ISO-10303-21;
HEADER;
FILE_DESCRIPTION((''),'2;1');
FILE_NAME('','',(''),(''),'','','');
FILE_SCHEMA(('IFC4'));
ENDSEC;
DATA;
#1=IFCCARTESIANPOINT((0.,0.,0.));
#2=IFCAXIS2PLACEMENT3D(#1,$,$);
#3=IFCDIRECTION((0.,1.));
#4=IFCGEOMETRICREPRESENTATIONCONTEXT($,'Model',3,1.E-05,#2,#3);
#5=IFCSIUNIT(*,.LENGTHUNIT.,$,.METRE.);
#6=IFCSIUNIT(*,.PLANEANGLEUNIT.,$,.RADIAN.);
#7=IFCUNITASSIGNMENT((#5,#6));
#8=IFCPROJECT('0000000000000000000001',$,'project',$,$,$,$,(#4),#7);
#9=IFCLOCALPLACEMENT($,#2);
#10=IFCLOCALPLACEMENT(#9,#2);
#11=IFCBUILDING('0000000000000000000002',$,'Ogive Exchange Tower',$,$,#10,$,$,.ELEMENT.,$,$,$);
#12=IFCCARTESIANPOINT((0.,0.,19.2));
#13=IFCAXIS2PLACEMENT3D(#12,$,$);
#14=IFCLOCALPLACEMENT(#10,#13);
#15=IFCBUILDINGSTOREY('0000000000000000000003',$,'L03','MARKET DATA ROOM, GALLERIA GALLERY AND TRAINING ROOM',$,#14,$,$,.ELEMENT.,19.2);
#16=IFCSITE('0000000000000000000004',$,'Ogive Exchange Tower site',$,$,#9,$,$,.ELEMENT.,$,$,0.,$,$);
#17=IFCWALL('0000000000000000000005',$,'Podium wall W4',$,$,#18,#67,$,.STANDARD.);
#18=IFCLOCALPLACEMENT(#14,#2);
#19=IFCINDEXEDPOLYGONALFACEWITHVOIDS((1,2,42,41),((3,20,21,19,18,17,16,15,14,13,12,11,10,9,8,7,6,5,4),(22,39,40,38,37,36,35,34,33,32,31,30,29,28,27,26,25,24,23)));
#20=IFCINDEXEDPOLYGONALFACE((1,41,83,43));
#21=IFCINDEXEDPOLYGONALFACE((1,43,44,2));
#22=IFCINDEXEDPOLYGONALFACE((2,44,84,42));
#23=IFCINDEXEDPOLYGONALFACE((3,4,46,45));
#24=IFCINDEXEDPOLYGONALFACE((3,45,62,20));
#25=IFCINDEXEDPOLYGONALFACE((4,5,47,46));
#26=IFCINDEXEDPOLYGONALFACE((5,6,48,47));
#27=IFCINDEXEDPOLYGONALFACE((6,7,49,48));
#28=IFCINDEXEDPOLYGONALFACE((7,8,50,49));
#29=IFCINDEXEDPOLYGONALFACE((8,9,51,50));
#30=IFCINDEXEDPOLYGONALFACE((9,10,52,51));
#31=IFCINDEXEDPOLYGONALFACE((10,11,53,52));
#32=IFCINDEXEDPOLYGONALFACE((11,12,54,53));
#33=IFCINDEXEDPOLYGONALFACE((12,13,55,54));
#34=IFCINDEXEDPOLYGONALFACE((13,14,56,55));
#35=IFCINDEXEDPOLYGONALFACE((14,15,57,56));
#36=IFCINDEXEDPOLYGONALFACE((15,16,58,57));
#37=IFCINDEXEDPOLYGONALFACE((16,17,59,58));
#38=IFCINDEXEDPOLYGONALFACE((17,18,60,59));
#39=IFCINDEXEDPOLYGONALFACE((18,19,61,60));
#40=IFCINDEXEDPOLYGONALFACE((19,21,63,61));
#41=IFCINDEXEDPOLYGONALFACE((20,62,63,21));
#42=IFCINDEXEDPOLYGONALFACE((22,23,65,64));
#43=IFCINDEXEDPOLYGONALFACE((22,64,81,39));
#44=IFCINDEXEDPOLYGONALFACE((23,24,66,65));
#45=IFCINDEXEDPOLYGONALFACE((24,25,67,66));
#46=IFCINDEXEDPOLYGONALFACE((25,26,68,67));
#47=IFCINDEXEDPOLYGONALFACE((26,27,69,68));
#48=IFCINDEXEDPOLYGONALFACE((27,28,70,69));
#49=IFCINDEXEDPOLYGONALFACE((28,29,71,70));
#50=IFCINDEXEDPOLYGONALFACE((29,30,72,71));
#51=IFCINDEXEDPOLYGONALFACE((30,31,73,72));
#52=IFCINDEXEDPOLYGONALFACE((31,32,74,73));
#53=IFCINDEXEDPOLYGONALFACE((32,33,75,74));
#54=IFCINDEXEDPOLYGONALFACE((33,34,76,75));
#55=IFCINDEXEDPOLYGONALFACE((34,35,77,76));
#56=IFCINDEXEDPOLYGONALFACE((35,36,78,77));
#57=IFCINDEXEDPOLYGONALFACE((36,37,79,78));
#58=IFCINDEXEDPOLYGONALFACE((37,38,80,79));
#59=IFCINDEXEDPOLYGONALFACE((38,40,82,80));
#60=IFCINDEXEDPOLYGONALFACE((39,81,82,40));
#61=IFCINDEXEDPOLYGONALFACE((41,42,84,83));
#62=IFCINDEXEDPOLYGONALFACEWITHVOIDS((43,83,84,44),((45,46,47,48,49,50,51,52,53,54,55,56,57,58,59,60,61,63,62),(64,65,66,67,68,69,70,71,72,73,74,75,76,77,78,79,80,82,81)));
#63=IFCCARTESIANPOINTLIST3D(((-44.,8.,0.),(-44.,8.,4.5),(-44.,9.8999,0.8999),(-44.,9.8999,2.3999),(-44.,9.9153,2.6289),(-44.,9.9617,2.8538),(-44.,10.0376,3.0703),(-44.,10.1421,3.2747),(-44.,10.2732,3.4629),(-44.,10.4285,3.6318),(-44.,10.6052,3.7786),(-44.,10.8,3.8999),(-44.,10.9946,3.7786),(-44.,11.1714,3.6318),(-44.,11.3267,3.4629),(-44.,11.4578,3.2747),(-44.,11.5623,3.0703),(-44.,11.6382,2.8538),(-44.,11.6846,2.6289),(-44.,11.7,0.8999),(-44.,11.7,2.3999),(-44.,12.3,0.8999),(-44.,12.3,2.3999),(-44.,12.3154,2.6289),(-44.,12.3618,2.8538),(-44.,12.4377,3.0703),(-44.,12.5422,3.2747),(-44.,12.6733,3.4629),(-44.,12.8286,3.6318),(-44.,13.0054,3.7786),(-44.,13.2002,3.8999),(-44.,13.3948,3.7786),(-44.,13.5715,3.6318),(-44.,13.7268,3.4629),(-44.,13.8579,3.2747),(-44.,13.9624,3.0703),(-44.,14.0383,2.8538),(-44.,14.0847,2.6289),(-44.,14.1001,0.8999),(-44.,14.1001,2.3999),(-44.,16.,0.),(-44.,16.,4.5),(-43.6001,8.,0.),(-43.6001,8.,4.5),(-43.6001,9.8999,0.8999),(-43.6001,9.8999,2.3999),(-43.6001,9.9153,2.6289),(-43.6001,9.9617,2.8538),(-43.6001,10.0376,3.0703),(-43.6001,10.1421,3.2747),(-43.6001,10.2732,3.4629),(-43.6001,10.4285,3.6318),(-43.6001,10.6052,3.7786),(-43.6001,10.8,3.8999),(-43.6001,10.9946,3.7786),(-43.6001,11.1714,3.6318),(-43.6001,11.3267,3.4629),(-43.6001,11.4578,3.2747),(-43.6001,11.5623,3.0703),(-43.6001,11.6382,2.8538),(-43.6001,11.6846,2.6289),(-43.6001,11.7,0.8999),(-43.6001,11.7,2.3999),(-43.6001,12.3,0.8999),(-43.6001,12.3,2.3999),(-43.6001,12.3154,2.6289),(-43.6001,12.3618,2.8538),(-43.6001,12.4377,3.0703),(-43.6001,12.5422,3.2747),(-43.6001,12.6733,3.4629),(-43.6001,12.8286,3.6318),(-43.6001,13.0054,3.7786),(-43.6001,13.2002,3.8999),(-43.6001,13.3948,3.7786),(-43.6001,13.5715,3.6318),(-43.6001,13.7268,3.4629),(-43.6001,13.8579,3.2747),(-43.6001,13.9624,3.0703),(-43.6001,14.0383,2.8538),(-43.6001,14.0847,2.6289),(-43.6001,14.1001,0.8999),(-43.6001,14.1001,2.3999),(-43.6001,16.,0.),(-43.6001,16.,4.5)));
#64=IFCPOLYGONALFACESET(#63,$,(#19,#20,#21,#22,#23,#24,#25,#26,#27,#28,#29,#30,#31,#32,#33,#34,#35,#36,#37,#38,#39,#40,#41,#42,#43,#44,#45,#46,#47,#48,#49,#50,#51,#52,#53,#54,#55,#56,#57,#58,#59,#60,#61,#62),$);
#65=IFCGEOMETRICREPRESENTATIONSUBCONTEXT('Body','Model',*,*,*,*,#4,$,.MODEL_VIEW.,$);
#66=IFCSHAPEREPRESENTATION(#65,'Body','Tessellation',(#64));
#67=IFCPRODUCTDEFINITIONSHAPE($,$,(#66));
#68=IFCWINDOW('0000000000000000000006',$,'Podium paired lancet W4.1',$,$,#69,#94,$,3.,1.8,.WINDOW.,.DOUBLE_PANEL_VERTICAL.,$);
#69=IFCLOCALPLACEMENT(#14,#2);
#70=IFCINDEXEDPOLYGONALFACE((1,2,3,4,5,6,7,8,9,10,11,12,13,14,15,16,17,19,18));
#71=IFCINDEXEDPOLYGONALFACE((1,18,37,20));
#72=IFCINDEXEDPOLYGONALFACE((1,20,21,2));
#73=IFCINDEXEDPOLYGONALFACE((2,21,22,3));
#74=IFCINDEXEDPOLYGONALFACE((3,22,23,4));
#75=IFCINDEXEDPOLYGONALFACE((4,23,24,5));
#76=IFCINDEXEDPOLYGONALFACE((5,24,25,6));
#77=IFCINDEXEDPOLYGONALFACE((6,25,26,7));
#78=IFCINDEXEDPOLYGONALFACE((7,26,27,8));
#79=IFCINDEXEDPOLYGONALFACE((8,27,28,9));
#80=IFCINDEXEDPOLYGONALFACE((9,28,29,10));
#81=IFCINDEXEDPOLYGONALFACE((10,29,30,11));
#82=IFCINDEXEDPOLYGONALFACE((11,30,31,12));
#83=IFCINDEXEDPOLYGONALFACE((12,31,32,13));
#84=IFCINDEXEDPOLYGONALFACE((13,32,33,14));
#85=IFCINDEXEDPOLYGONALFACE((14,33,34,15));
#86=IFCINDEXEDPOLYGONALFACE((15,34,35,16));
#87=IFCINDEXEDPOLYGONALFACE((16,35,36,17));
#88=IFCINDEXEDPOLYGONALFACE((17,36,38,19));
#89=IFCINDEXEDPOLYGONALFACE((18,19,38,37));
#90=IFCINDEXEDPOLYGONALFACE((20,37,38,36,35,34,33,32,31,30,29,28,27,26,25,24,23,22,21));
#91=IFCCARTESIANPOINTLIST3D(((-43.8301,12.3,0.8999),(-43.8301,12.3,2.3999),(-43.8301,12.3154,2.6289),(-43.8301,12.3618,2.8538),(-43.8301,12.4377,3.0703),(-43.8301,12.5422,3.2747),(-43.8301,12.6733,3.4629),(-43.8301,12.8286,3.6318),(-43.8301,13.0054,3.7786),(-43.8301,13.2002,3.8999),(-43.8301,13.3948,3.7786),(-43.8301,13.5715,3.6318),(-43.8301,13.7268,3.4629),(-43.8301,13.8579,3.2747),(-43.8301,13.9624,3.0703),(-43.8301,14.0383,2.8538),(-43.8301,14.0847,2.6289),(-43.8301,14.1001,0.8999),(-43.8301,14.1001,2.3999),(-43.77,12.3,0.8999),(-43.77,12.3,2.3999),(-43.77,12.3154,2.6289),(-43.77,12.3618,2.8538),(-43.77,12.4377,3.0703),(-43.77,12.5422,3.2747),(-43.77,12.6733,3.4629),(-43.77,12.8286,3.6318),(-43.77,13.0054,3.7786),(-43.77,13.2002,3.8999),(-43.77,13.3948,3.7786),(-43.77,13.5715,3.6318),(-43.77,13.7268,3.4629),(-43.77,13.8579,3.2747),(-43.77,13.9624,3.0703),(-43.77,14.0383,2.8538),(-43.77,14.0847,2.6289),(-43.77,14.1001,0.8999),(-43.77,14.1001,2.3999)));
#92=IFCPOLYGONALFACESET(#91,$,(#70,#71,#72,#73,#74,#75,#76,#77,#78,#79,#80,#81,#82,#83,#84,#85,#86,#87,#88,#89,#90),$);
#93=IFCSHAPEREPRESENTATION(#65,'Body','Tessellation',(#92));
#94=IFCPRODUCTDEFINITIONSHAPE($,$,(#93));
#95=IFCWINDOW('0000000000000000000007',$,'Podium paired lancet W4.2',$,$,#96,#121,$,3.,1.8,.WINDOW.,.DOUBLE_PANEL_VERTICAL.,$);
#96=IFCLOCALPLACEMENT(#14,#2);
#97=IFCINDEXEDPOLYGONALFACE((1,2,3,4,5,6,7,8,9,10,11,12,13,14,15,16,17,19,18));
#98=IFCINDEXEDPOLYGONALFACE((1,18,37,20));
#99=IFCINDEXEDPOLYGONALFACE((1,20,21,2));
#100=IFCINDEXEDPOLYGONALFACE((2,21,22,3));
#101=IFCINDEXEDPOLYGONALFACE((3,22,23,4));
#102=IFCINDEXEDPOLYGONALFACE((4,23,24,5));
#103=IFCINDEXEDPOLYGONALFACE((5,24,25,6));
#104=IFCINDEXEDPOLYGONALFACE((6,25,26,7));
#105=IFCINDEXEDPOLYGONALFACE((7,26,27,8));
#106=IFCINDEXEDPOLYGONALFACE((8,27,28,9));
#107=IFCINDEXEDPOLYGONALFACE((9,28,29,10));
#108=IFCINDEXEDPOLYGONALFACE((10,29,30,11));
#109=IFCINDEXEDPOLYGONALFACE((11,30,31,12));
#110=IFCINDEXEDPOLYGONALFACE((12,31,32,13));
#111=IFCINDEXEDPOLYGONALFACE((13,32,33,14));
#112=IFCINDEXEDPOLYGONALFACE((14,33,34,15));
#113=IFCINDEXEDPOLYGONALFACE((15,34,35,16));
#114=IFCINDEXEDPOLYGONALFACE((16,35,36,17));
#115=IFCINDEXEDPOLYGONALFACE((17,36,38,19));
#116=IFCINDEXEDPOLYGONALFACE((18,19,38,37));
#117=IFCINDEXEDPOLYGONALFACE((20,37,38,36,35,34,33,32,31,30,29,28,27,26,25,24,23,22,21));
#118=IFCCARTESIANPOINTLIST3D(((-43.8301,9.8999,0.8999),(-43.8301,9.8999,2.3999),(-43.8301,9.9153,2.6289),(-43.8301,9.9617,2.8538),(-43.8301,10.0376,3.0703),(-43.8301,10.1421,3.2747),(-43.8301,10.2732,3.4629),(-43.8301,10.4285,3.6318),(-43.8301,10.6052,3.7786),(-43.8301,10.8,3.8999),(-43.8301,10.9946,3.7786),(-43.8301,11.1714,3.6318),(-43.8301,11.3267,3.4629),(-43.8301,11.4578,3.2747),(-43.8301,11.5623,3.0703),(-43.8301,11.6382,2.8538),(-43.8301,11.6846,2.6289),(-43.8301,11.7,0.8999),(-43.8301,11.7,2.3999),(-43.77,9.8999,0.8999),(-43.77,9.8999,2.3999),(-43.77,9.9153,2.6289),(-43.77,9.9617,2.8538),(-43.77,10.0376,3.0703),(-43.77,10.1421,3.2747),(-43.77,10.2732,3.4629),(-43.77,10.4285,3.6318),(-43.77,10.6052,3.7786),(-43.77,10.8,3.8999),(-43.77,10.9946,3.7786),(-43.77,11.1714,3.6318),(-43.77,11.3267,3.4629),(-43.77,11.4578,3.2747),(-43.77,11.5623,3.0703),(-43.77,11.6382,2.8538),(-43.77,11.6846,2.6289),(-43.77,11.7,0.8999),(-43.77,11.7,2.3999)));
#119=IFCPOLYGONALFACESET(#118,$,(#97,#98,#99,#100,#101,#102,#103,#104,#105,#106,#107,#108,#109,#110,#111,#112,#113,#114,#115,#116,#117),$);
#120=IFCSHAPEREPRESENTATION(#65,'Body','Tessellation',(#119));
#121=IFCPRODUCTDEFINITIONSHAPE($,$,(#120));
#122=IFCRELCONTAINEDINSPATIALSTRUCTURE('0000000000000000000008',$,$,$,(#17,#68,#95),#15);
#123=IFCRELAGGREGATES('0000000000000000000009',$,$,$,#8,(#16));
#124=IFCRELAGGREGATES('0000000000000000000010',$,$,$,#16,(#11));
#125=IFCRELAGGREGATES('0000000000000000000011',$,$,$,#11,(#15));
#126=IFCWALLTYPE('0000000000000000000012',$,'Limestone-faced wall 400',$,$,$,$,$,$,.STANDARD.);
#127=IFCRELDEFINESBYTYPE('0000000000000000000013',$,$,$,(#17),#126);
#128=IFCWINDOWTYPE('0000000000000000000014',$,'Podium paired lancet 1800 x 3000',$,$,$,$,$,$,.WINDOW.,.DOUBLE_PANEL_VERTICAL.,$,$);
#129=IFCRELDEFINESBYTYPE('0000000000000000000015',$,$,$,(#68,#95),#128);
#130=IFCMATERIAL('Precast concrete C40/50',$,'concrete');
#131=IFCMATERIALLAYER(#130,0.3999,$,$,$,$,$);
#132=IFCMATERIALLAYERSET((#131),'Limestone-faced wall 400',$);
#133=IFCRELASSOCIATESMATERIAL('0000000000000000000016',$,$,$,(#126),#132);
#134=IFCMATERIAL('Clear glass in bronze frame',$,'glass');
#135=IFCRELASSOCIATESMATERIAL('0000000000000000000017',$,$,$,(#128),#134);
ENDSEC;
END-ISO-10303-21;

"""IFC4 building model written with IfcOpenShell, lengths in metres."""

from ifc_helpers import new_model, si_unit, direction, frame, frame_2d, origin, place, context, subcontext, project, spatial, polyline, rectangle, outline, extrude, material, layer, layer_set, type_object, element, fill, save


model = new_model("IFC4")

# Units and contexts
model_context = context("Model", 3, precision=1e-05, world=origin(), true_north=direction((0.0, 1.0)))
body_context = subcontext(model_context, "Body", "Model", "MODEL_VIEW")
ifc_project = project(units=[si_unit("LENGTHUNIT", "METRE"), si_unit("PLANEANGLEUNIT", "RADIAN")], contexts=[model_context])

# Site, building, storey
site_placement = place(None, origin())
site = spatial("IfcSite", under=ifc_project, at=site_placement, Name="Ogive Exchange Tower site", CompositionType="ELEMENT", RefElevation=0.0)
building_placement = place(site_placement, origin())
building = spatial("IfcBuilding", under=site, at=building_placement, Name="Ogive Exchange Tower", CompositionType="ELEMENT")
storey_placement = place(building_placement, frame((0.0, 0.0, 19.2)))
storey = spatial("IfcBuildingStorey", under=building, at=storey_placement, Name="L03", Description="MARKET DATA ROOM, GALLERIA GALLERY AND TRAINING ROOM", CompositionType="ELEMENT", Elevation=19.2)

# Wall, openings, windows
ifc_material_1 = material(Name="Precast concrete C40/50", Category="concrete")
ifc_layer_1 = layer(ifc_material_1, 0.3999)
ifc_layer_set_1 = layer_set([ifc_layer_1], Name="Limestone-faced wall 400")
wall_type_1 = type_object("IfcWallType", Name="Limestone-faced wall 400", PredefinedType="STANDARD", material=ifc_layer_set_1)
wall_1_placement = place(storey_placement, frame((-43.8, 16.0, 0.0), z_axis=(0.0, 0.0, 1.0), x_axis=(0.0, -1.0, 0.0)))
wall_1 = element("IfcWall", 1, at=wall_1_placement, inside=storey, type_object=wall_type_1, Name="Podium wall W4", PredefinedType="STANDARD", context=body_context, shape_type="SweptSolid", body=[
    extrude(rectangle(XDim=8.0, YDim=0.3999, at=frame_2d((4.0, 0.0))), origin(), (0.0, 0.0, 1.0), 4.5),
])
opening_1_placement = place(wall_1_placement, frame((1.8999, 0.0, 0.8999)))
opening_1 = element("IfcOpeningElement", 2, at=opening_1_placement, cuts=wall_1, PredefinedType="OPENING", context=body_context, shape_type="SweptSolid", body=[
    extrude(outline(polyline([(0.0, 0.0), (1.8, 0.0), (1.8, 1.5), (1.7847, 1.729), (1.7383, 1.9539), (1.6624, 2.1704), (1.5579, 2.3748), (1.4268, 2.563), (1.2715, 2.7319), (1.0947, 2.8787), (0.8999, 3.0), (0.7053, 2.8787), (0.5286, 2.7319), (0.3733, 2.563), (0.2422, 2.3748), (0.1377, 2.1704), (0.0618, 1.9539), (0.0154, 1.729), (0.0, 1.5), (0.0, 0.0)])), frame((0.0, 0.21, 0.0), z_axis=(0.0, -1.0, 0.0), x_axis=(1.0, 0.0, 0.0)), (0.0, 0.0, 1.0), 0.4199),
])
opening_2_placement = place(wall_1_placement, frame((4.3, 0.0, 0.8999)))
opening_2 = element("IfcOpeningElement", 3, at=opening_2_placement, cuts=wall_1, PredefinedType="OPENING", context=body_context, shape_type="SweptSolid", body=[
    extrude(outline(polyline([(0.0, 0.0), (1.8, 0.0), (1.8, 1.5), (1.7847, 1.729), (1.7383, 1.9539), (1.6624, 2.1704), (1.5579, 2.3748), (1.4268, 2.563), (1.2715, 2.7319), (1.0947, 2.8787), (0.8999, 3.0), (0.7053, 2.8787), (0.5286, 2.7319), (0.3733, 2.563), (0.2422, 2.3748), (0.1377, 2.1704), (0.0618, 1.9539), (0.0154, 1.729), (0.0, 1.5), (0.0, 0.0)])), frame((0.0, 0.21, 0.0), z_axis=(0.0, -1.0, 0.0), x_axis=(1.0, 0.0, 0.0)), (0.0, 0.0, 1.0), 0.4199),
])
ifc_material_2 = material(Name="Clear glass in bronze frame", Category="glass")
window_type = type_object("IfcWindowType", Name="Podium paired lancet 1800 x 3000", PartitioningType="DOUBLE_PANEL_VERTICAL", PredefinedType="WINDOW", material=ifc_material_2)
window_1_placement = place(opening_1_placement, origin())
window_1 = element("IfcWindow", 4, at=window_1_placement, inside=storey, type_object=window_type, Name="Podium paired lancet W4.1", OverallHeight=3.0, OverallWidth=1.8, PartitioningType="DOUBLE_PANEL_VERTICAL", PredefinedType="WINDOW", context=body_context, shape_type="SweptSolid", body=[
    extrude(outline(polyline([(0.0, 0.0), (1.8, 0.0), (1.8, 1.5), (1.7847, 1.729), (1.7383, 1.9539), (1.6624, 2.1704), (1.5579, 2.3748), (1.4268, 2.563), (1.2715, 2.7319), (1.0947, 2.8787), (0.8999, 3.0), (0.7053, 2.8787), (0.5286, 2.7319), (0.3733, 2.563), (0.2422, 2.3748), (0.1377, 2.1704), (0.0618, 1.9539), (0.0154, 1.729), (0.0, 1.5), (0.0, 0.0)])), frame((0.0, 0.03, 0.0), z_axis=(0.0, -1.0, 0.0), x_axis=(1.0, 0.0, 0.0)), (0.0, 0.0, 1.0), 0.0601),
])
fill(opening_1, window_1)
window_2_placement = place(opening_2_placement, origin())
window_2 = element("IfcWindow", 5, at=window_2_placement, inside=storey, type_object=window_type, Name="Podium paired lancet W4.2", OverallHeight=3.0, OverallWidth=1.8, PartitioningType="DOUBLE_PANEL_VERTICAL", PredefinedType="WINDOW", context=body_context, shape_type="SweptSolid", body=[
    extrude(outline(polyline([(0.0, 0.0), (1.8, 0.0), (1.8, 1.5), (1.7847, 1.729), (1.7383, 1.9539), (1.6624, 2.1704), (1.5579, 2.3748), (1.4268, 2.563), (1.2715, 2.7319), (1.0947, 2.8787), (0.8999, 3.0), (0.7053, 2.8787), (0.5286, 2.7319), (0.3733, 2.563), (0.2422, 2.3748), (0.1377, 2.1704), (0.0618, 1.9539), (0.0154, 1.729), (0.0, 1.5), (0.0, 0.0)])), frame((0.0, 0.03, 0.0), z_axis=(0.0, -1.0, 0.0), x_axis=(1.0, 0.0, 0.0)), (0.0, 0.0, 1.0), 0.0601),
])
fill(opening_2, window_2)

save(model, "model.ifc")
